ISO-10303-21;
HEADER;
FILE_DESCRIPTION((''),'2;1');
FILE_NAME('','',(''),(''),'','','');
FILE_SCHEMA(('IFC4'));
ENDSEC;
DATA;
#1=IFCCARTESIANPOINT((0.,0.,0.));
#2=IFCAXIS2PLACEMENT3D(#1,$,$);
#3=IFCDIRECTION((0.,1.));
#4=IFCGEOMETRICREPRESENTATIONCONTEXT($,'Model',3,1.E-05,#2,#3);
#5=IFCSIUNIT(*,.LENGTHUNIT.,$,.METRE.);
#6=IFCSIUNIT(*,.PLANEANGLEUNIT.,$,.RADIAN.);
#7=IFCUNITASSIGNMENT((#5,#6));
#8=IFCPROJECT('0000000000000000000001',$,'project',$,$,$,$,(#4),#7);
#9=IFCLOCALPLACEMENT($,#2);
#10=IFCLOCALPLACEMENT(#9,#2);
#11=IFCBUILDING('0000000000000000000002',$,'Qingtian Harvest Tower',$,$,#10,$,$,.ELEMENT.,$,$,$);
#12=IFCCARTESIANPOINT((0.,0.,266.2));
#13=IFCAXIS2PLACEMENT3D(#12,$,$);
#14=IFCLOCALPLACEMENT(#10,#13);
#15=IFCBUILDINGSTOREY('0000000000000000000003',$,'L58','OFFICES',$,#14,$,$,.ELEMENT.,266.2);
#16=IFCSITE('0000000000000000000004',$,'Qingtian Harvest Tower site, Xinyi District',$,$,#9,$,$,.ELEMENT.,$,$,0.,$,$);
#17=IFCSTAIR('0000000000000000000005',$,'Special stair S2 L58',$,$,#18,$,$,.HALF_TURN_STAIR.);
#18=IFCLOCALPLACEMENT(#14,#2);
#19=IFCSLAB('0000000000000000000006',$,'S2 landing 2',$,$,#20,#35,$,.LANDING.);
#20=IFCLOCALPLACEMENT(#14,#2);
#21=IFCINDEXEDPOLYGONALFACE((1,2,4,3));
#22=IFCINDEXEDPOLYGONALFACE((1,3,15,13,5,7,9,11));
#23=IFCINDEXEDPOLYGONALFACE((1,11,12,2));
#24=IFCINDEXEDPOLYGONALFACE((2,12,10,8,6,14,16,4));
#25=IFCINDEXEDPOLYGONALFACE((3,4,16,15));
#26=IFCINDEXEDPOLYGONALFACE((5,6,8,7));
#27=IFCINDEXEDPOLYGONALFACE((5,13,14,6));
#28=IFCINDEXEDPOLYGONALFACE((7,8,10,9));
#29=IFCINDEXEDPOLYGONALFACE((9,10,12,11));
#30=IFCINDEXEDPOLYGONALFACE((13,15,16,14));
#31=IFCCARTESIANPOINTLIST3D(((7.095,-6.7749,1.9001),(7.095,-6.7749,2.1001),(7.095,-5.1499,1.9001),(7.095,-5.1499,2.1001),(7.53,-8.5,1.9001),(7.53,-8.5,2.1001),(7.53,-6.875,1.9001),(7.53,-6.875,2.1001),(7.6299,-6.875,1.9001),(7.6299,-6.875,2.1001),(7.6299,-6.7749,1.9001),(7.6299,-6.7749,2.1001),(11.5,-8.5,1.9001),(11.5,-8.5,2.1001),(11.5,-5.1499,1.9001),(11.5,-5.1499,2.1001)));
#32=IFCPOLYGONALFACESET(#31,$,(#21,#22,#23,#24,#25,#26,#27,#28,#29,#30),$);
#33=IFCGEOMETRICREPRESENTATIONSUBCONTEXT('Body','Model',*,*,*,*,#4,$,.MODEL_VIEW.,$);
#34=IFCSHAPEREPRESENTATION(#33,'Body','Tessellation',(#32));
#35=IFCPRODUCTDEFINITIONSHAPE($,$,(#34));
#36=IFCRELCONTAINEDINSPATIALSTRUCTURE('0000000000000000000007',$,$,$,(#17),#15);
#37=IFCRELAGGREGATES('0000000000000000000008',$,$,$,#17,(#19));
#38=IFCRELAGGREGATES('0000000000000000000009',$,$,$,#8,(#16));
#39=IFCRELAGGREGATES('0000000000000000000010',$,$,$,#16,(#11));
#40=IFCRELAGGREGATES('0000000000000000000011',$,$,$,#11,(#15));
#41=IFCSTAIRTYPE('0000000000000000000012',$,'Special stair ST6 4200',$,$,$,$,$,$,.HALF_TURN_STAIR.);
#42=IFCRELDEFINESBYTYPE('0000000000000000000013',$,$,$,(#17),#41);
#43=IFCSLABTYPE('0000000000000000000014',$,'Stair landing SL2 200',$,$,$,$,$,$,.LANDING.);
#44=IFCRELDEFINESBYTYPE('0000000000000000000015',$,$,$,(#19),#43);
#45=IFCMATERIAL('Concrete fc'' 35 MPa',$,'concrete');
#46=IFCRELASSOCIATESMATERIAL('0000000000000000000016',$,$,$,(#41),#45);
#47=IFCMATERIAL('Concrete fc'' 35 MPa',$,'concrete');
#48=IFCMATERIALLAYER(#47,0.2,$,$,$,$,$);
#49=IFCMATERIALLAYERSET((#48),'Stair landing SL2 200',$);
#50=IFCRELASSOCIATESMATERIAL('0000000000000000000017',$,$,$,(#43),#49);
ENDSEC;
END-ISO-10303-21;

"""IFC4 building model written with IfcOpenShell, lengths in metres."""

from ifc_helpers import new_model, si_unit, direction, frame, origin, place, context, subcontext, project, spatial, polyline, outline, extrude, material, layer, layer_set, type_object, element, aggregate, save


model = new_model("IFC4")

# Units and contexts
model_context = context("Model", 3, precision=1e-05, world=origin(), true_north=direction((0.0, 1.0)))
body_context = subcontext(model_context, "Body", "Model", "MODEL_VIEW")
ifc_project = project(units=[si_unit("LENGTHUNIT", "METRE"), si_unit("PLANEANGLEUNIT", "RADIAN")], contexts=[model_context])

# Site, building, storey
site_placement = place(None, origin())
site = spatial("IfcSite", under=ifc_project, at=site_placement, Name="Qingtian Harvest Tower site, Xinyi District", CompositionType="ELEMENT", RefElevation=0.0)
building_placement = place(site_placement, origin())
building = spatial("IfcBuilding", under=site, at=building_placement, Name="Qingtian Harvest Tower", CompositionType="ELEMENT")
storey_placement = place(building_placement, frame((0.0, 0.0, 266.2)))
storey = spatial("IfcBuildingStorey", under=building, at=storey_placement, Name="L58", Description="OFFICES", CompositionType="ELEMENT", Elevation=266.2)

# Shared definitions
ifc_material_1 = material(Name="Concrete fc' 35 MPa", Category="concrete")
stair_type = type_object("IfcStairType", Name="Special stair ST6 4200", PredefinedType="HALF_TURN_STAIR", material=ifc_material_1)
ifc_material_2 = material(Name="Concrete fc' 35 MPa", Category="concrete")
ifc_layer_1 = layer(ifc_material_2, 0.2)
ifc_layer_set_1 = layer_set([ifc_layer_1], Name="Stair landing SL2 200")
slab_type_1 = type_object("IfcSlabType", Name="Stair landing SL2 200", PredefinedType="LANDING", material=ifc_layer_set_1)

# Stair, slab
stair_1_placement = place(storey_placement, origin())
stair_1 = element("IfcStair", 1, at=stair_1_placement, inside=storey, type_object=stair_type, Name="Special stair S2 L58", PredefinedType="HALF_TURN_STAIR")
slab_1_placement = place(storey_placement, frame((0.0, 0.0, 1.9001)))
slab_1 = element("IfcSlab", 2, at=slab_1_placement, type_object=slab_type_1, Name="S2 landing 2", PredefinedType="LANDING", context=body_context, shape_type="SweptSolid", body=[
    extrude(outline(polyline([(7.53, -8.5), (7.53, -6.875), (7.6299, -6.875), (7.6299, -6.7749), (7.095, -6.7749), (7.095, -5.1499), (11.5, -5.1499), (11.5, -8.5), (7.53, -8.5)])), origin(), (0.0, 0.0, 1.0), 0.2),
])
aggregate(stair_1, [slab_1])

save(model, "model.ifc")
